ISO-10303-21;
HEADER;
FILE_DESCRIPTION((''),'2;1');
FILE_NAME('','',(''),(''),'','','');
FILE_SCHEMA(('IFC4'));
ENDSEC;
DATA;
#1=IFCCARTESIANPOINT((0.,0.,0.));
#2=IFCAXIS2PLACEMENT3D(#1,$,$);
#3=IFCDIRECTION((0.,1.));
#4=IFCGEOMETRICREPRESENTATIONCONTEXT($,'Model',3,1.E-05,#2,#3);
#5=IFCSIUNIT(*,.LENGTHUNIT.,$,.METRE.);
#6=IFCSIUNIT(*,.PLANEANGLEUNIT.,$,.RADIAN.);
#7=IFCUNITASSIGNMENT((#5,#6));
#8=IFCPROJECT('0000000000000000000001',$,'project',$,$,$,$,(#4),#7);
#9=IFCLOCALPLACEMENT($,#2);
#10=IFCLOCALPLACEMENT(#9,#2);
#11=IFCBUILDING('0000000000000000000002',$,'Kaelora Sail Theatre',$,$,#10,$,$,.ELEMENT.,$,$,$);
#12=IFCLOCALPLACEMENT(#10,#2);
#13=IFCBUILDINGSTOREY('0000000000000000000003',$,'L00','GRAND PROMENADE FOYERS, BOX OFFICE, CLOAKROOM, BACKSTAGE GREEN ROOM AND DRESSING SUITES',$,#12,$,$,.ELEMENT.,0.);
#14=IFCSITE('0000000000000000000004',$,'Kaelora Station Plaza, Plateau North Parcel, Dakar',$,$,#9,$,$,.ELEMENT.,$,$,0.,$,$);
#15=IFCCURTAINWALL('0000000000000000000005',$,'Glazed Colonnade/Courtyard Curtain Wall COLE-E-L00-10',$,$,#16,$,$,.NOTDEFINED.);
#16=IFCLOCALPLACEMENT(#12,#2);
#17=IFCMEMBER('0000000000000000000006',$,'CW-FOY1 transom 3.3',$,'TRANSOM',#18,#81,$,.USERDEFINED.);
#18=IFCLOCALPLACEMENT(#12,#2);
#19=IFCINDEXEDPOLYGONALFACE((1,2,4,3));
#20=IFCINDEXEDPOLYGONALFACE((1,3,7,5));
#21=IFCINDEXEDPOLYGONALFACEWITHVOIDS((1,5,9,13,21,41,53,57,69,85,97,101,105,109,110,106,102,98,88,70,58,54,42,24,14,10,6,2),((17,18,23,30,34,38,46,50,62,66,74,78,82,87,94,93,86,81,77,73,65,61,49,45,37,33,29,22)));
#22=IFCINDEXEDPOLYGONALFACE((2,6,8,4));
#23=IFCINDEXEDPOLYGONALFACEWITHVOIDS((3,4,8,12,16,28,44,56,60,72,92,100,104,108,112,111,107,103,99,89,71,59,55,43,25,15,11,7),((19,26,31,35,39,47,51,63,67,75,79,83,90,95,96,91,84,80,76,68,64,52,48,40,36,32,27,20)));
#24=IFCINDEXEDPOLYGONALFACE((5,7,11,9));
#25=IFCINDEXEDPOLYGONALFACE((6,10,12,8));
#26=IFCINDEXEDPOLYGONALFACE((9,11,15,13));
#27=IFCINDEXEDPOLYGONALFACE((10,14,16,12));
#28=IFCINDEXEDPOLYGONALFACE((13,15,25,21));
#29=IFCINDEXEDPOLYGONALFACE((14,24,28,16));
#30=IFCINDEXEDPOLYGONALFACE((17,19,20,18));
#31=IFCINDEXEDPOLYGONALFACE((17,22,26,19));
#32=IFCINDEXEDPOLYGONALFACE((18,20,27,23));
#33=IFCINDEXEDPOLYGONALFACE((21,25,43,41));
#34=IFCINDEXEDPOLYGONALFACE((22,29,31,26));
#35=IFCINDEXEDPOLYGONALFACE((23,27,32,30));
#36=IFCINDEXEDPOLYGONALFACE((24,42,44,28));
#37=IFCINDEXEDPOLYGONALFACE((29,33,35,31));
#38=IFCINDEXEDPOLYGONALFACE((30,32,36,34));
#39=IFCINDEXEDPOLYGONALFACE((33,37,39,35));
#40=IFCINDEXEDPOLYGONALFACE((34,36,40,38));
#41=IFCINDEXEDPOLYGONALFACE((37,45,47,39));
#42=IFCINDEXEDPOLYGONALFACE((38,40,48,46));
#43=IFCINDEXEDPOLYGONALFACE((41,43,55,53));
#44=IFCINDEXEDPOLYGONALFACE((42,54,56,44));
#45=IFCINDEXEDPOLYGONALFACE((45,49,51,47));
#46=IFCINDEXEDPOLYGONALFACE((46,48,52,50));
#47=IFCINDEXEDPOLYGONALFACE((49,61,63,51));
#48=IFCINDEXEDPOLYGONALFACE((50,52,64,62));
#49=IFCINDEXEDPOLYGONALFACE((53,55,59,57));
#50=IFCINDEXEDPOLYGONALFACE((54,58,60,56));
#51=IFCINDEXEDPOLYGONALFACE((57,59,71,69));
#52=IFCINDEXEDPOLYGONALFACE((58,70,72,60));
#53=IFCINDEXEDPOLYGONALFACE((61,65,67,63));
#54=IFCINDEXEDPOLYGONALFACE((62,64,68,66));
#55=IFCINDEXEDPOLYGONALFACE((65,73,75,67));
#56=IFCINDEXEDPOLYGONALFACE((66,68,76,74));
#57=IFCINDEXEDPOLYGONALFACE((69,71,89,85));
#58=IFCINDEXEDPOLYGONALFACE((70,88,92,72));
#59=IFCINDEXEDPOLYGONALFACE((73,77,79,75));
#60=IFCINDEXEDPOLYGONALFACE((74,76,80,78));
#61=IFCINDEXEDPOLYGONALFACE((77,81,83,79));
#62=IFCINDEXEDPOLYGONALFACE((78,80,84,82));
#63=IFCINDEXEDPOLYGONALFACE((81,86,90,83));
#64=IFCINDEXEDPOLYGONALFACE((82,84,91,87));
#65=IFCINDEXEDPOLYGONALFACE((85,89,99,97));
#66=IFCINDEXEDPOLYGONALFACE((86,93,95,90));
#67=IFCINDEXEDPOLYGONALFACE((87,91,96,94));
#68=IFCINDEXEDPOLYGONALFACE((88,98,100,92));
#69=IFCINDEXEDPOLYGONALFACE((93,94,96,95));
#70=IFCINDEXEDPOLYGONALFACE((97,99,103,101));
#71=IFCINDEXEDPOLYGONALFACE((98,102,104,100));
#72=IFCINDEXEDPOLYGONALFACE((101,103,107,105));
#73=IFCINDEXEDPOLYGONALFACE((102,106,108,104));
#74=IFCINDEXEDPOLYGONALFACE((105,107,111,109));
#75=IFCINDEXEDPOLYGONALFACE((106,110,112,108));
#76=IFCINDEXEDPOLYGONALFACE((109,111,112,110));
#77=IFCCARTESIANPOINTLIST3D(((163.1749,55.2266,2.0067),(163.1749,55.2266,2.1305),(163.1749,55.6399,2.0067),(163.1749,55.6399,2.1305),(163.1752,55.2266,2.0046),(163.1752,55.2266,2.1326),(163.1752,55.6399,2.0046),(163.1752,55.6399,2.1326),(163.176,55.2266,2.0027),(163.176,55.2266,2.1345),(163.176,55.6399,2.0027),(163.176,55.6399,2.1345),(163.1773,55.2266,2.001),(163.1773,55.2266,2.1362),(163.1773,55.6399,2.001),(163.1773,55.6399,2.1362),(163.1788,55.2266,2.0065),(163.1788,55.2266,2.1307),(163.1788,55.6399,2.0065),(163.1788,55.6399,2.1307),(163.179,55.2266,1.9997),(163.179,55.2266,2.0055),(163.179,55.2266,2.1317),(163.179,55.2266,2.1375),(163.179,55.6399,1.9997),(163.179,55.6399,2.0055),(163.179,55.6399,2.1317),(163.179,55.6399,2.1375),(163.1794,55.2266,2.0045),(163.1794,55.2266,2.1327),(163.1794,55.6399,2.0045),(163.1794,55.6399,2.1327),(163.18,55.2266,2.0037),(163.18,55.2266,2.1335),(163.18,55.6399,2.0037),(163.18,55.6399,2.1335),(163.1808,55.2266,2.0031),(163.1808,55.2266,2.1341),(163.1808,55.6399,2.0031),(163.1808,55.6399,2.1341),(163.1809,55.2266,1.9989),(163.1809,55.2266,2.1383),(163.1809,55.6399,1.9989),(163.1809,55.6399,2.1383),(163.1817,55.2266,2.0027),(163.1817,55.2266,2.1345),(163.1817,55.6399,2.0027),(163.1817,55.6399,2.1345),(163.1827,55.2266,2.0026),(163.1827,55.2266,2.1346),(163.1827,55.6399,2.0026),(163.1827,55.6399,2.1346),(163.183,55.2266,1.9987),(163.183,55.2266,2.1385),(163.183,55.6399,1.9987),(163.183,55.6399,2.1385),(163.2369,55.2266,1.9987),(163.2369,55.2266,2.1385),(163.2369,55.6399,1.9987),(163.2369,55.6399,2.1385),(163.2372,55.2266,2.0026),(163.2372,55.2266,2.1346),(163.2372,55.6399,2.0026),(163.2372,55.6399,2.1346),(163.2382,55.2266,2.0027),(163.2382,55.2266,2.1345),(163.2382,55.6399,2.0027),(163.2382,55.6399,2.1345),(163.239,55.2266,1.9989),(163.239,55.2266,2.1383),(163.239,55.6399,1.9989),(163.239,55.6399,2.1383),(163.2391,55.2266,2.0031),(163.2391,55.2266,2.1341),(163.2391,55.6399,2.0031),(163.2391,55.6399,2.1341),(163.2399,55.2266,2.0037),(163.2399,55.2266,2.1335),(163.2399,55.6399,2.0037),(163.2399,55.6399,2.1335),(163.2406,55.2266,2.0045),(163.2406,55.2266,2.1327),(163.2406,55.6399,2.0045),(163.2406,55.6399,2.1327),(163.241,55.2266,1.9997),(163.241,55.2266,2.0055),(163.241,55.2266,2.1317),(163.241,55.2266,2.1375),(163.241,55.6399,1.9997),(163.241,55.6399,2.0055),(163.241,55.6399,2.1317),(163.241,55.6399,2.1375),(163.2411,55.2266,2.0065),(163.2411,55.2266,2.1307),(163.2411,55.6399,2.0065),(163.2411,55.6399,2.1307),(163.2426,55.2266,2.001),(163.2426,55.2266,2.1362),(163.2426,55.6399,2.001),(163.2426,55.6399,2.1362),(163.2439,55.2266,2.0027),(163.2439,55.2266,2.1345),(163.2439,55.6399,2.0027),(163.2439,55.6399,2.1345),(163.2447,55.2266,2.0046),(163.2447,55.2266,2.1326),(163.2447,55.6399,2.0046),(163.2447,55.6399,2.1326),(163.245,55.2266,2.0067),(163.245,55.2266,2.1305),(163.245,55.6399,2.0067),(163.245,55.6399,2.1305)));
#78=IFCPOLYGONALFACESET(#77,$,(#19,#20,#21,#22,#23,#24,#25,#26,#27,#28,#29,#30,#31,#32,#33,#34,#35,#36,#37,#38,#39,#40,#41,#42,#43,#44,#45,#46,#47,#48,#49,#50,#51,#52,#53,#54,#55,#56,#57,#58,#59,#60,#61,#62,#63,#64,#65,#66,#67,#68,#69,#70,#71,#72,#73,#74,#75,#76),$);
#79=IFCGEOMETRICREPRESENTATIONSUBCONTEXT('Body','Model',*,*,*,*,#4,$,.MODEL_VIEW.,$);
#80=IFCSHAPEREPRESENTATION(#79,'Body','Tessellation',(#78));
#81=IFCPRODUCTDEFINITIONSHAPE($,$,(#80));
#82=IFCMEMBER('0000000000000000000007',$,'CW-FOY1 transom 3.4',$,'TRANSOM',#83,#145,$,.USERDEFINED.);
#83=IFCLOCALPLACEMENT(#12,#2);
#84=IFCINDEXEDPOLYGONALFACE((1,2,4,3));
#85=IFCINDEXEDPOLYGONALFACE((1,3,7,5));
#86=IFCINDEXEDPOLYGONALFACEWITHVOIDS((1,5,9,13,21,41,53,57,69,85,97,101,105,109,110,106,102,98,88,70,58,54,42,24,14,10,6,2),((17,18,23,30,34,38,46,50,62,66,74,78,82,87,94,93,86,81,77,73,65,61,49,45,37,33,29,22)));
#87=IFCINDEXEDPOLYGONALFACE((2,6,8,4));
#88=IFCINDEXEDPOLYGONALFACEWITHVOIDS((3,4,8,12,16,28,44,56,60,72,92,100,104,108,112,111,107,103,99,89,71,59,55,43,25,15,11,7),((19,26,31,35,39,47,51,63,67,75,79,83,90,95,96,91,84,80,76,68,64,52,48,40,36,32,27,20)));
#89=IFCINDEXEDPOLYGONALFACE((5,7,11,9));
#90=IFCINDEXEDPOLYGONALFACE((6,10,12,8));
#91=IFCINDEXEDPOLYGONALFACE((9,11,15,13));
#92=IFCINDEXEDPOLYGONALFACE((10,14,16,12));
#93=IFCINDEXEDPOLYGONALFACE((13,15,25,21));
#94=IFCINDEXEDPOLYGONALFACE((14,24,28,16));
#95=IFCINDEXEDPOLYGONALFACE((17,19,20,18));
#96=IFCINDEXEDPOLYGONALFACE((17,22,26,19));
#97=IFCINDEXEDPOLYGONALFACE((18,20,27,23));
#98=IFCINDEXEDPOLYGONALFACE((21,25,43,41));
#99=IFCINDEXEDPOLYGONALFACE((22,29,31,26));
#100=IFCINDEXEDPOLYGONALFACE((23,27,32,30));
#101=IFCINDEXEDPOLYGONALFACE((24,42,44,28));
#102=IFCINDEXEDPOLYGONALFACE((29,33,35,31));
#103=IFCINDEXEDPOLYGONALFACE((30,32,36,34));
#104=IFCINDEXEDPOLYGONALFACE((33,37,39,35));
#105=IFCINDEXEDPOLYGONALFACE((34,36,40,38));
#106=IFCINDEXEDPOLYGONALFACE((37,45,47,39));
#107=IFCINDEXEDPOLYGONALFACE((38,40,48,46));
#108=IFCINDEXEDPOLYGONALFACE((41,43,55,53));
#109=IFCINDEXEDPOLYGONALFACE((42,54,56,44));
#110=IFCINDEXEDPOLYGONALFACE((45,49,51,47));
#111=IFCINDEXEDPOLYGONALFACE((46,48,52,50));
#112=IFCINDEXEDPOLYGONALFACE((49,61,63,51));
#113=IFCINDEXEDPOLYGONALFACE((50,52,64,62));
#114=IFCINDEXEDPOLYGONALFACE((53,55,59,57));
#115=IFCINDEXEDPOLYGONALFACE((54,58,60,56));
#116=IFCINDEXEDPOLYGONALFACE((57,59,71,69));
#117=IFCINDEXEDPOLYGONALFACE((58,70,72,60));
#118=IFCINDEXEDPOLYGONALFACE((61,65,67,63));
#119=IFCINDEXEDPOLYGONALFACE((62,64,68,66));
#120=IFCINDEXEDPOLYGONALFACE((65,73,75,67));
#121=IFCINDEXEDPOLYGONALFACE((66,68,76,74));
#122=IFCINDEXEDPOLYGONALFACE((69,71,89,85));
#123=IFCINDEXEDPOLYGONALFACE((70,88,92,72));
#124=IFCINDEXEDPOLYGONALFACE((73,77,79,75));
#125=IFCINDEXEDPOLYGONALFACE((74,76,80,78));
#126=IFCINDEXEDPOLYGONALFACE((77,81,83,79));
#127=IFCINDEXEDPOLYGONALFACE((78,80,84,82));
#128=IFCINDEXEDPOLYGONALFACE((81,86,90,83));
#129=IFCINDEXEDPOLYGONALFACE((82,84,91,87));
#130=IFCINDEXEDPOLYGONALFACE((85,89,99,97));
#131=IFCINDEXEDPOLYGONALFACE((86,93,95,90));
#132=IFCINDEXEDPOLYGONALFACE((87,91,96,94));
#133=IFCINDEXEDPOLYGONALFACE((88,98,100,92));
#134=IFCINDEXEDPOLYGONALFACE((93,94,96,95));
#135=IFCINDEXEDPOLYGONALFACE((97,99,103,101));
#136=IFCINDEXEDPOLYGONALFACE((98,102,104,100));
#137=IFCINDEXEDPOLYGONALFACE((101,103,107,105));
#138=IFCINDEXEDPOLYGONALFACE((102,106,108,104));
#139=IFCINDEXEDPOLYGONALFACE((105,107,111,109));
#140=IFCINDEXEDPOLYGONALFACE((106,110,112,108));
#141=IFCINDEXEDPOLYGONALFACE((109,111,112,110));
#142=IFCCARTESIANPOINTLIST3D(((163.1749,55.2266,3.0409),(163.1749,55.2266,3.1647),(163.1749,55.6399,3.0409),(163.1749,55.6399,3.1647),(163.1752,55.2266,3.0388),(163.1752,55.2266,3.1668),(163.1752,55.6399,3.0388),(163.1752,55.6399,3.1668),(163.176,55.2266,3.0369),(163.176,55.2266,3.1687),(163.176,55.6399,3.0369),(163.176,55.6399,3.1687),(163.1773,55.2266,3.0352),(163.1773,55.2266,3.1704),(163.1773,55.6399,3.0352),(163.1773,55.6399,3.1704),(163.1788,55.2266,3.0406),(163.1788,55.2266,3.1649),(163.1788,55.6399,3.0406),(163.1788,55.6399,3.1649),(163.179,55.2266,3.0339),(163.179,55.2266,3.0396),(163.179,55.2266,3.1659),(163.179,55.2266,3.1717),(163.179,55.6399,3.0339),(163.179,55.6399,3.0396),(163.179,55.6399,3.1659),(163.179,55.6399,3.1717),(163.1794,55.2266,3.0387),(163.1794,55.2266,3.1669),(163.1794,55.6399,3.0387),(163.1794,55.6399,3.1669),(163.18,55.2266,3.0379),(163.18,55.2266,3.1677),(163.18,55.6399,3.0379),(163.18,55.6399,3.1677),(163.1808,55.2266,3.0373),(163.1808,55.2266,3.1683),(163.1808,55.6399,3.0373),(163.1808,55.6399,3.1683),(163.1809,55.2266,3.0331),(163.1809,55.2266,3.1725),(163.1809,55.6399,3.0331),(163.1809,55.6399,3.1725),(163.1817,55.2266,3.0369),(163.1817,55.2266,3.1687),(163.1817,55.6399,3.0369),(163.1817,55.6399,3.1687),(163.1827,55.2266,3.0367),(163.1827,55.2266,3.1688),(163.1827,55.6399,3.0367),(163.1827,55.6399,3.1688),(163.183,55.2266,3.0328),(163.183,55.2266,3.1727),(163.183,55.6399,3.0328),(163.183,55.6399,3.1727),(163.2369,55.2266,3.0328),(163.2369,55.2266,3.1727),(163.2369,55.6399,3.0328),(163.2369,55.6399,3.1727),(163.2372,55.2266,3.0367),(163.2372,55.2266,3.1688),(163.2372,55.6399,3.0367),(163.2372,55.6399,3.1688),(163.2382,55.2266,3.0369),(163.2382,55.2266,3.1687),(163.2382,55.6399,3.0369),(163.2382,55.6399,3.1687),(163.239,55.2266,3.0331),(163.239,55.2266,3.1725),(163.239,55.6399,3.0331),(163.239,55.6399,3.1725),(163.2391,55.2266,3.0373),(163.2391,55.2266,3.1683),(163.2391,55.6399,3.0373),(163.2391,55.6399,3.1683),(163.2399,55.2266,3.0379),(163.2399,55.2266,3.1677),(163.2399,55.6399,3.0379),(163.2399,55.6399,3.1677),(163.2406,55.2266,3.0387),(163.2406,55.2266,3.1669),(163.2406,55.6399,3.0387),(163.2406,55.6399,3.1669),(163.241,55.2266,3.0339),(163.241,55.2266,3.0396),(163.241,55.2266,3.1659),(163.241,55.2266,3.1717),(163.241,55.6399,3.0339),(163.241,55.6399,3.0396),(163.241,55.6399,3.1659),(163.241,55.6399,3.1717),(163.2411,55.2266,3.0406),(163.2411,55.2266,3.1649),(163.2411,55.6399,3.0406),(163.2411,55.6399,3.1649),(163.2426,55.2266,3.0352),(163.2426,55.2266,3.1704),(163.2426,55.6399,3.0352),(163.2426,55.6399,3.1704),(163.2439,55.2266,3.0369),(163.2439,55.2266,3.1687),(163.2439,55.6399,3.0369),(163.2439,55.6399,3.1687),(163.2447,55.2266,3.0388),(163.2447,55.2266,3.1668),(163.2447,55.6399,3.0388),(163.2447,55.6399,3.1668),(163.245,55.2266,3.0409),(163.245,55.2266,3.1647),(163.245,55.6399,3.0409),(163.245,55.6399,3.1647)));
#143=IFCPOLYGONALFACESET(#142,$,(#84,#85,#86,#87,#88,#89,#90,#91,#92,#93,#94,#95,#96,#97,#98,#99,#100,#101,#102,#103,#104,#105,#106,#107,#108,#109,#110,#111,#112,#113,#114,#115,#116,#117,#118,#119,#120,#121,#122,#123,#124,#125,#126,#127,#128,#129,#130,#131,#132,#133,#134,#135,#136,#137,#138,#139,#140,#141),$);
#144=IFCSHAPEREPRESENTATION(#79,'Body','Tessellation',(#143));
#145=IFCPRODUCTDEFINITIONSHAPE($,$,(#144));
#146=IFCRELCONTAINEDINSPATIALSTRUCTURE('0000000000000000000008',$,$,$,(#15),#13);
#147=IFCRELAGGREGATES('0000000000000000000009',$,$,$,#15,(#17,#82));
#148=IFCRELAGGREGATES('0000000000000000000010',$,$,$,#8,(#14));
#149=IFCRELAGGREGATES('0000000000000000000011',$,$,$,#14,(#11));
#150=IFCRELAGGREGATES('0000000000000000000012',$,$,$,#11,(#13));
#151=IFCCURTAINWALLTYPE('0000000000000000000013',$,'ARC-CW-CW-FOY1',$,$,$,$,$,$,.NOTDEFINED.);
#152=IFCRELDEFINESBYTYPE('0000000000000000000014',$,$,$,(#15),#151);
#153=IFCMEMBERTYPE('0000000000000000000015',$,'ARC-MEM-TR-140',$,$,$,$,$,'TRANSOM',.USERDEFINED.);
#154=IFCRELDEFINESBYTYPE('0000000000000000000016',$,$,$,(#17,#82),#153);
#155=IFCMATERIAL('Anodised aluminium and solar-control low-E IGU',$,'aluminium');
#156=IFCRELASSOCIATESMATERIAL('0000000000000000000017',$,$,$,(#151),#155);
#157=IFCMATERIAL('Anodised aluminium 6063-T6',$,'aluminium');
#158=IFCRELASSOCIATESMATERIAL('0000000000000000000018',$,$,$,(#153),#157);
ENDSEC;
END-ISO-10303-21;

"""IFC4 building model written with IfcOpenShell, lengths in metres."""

from ifc_helpers import new_model, si_unit, direction, frame, origin, origin_2d, place, context, subcontext, project, spatial, hollow_rectangle, extrude, material, material_profile, profile_set, type_object, element, aggregate, save


model = new_model("IFC4")

# Units and contexts
model_context = context("Model", 3, precision=1e-05, world=origin(), true_north=direction((0.0, 1.0)))
body_context = subcontext(model_context, "Body", "Model", "MODEL_VIEW")
ifc_project = project(units=[si_unit("LENGTHUNIT", "METRE"), si_unit("PLANEANGLEUNIT", "RADIAN")], contexts=[model_context])

# Site, building, storey
site_placement = place(None, origin())
site = spatial("IfcSite", under=ifc_project, at=site_placement, Name="Kaelora Station Plaza, Plateau North Parcel, Dakar", CompositionType="ELEMENT", RefElevation=0.0)
building_placement = place(site_placement, origin())
building = spatial("IfcBuilding", under=site, at=building_placement, Name="Kaelora Sail Theatre", CompositionType="ELEMENT")
storey_placement = place(building_placement, origin())
storey = spatial("IfcBuildingStorey", under=building, at=storey_placement, Name="L00", Description="GRAND PROMENADE FOYERS, BOX OFFICE, CLOAKROOM, BACKSTAGE GREEN ROOM AND DRESSING SUITES", CompositionType="ELEMENT", Elevation=0.0)

# Curtain wall, members
ifc_material_1 = material(Name="Anodised aluminium and solar-control low-E IGU", Category="aluminium")
curtain_wall_type = type_object("IfcCurtainWallType", Name="ARC-CW-CW-FOY1", PredefinedType="NOTDEFINED", material=ifc_material_1)
curtain_wall_1_placement = place(storey_placement, origin())
curtain_wall_1 = element("IfcCurtainWall", 1, at=curtain_wall_1_placement, inside=storey, type_object=curtain_wall_type, Name="Glazed Colonnade/Courtyard Curtain Wall COLE-E-L00-10", PredefinedType="NOTDEFINED")
ifc_material_2 = material(Name="Anodised aluminium 6063-T6", Category="aluminium")
ifc_material_profile = material_profile(ifc_material_2, hollow_rectangle(XDim=0.0701, YDim=0.1399, WallThickness=0.0039, InnerFilletRadius=0.0039, OuterFilletRadius=0.0081, at=origin_2d()), Name="ALU-TRAN 70x140x4")
ifc_profile_set = profile_set([ifc_material_profile], Name="Anodised aluminium 6063-T6")
member_type = type_object("IfcMemberType", Name="ARC-MEM-TR-140", ElementType="TRANSOM", PredefinedType="USERDEFINED", material=ifc_profile_set)
member_1_placement = place(storey_placement, frame((163.21, 55.2266, 2.0686), z_axis=(0.0, 1.0, 0.0), x_axis=(-1.0, 0.0, 0.0)))
member_1 = element("IfcMember", 2, at=member_1_placement, type_object=member_type, Name="CW-FOY1 transom 3.3", ObjectType="TRANSOM", PredefinedType="USERDEFINED", context=body_context, shape_type="SweptSolid", body=[
    extrude(hollow_rectangle(XDim=0.0701, YDim=0.1399, WallThickness=0.0039, InnerFilletRadius=0.0039, OuterFilletRadius=0.0081, at=origin_2d()), origin(), (0.0, 0.0, 1.0), 0.4133),
])
member_2_placement = place(storey_placement, frame((163.21, 55.2266, 3.1028), z_axis=(0.0, 1.0, 0.0), x_axis=(-1.0, 0.0, 0.0)))
member_2 = element("IfcMember", 3, at=member_2_placement, type_object=member_type, Name="CW-FOY1 transom 3.4", ObjectType="TRANSOM", PredefinedType="USERDEFINED", context=body_context, shape_type="SweptSolid", body=[
    extrude(hollow_rectangle(XDim=0.0701, YDim=0.1399, WallThickness=0.0039, InnerFilletRadius=0.0039, OuterFilletRadius=0.0081, at=origin_2d()), origin(), (0.0, 0.0, 1.0), 0.4133),
])

aggregate(curtain_wall_1, [member_1, member_2])

save(model, "model.ifc")
